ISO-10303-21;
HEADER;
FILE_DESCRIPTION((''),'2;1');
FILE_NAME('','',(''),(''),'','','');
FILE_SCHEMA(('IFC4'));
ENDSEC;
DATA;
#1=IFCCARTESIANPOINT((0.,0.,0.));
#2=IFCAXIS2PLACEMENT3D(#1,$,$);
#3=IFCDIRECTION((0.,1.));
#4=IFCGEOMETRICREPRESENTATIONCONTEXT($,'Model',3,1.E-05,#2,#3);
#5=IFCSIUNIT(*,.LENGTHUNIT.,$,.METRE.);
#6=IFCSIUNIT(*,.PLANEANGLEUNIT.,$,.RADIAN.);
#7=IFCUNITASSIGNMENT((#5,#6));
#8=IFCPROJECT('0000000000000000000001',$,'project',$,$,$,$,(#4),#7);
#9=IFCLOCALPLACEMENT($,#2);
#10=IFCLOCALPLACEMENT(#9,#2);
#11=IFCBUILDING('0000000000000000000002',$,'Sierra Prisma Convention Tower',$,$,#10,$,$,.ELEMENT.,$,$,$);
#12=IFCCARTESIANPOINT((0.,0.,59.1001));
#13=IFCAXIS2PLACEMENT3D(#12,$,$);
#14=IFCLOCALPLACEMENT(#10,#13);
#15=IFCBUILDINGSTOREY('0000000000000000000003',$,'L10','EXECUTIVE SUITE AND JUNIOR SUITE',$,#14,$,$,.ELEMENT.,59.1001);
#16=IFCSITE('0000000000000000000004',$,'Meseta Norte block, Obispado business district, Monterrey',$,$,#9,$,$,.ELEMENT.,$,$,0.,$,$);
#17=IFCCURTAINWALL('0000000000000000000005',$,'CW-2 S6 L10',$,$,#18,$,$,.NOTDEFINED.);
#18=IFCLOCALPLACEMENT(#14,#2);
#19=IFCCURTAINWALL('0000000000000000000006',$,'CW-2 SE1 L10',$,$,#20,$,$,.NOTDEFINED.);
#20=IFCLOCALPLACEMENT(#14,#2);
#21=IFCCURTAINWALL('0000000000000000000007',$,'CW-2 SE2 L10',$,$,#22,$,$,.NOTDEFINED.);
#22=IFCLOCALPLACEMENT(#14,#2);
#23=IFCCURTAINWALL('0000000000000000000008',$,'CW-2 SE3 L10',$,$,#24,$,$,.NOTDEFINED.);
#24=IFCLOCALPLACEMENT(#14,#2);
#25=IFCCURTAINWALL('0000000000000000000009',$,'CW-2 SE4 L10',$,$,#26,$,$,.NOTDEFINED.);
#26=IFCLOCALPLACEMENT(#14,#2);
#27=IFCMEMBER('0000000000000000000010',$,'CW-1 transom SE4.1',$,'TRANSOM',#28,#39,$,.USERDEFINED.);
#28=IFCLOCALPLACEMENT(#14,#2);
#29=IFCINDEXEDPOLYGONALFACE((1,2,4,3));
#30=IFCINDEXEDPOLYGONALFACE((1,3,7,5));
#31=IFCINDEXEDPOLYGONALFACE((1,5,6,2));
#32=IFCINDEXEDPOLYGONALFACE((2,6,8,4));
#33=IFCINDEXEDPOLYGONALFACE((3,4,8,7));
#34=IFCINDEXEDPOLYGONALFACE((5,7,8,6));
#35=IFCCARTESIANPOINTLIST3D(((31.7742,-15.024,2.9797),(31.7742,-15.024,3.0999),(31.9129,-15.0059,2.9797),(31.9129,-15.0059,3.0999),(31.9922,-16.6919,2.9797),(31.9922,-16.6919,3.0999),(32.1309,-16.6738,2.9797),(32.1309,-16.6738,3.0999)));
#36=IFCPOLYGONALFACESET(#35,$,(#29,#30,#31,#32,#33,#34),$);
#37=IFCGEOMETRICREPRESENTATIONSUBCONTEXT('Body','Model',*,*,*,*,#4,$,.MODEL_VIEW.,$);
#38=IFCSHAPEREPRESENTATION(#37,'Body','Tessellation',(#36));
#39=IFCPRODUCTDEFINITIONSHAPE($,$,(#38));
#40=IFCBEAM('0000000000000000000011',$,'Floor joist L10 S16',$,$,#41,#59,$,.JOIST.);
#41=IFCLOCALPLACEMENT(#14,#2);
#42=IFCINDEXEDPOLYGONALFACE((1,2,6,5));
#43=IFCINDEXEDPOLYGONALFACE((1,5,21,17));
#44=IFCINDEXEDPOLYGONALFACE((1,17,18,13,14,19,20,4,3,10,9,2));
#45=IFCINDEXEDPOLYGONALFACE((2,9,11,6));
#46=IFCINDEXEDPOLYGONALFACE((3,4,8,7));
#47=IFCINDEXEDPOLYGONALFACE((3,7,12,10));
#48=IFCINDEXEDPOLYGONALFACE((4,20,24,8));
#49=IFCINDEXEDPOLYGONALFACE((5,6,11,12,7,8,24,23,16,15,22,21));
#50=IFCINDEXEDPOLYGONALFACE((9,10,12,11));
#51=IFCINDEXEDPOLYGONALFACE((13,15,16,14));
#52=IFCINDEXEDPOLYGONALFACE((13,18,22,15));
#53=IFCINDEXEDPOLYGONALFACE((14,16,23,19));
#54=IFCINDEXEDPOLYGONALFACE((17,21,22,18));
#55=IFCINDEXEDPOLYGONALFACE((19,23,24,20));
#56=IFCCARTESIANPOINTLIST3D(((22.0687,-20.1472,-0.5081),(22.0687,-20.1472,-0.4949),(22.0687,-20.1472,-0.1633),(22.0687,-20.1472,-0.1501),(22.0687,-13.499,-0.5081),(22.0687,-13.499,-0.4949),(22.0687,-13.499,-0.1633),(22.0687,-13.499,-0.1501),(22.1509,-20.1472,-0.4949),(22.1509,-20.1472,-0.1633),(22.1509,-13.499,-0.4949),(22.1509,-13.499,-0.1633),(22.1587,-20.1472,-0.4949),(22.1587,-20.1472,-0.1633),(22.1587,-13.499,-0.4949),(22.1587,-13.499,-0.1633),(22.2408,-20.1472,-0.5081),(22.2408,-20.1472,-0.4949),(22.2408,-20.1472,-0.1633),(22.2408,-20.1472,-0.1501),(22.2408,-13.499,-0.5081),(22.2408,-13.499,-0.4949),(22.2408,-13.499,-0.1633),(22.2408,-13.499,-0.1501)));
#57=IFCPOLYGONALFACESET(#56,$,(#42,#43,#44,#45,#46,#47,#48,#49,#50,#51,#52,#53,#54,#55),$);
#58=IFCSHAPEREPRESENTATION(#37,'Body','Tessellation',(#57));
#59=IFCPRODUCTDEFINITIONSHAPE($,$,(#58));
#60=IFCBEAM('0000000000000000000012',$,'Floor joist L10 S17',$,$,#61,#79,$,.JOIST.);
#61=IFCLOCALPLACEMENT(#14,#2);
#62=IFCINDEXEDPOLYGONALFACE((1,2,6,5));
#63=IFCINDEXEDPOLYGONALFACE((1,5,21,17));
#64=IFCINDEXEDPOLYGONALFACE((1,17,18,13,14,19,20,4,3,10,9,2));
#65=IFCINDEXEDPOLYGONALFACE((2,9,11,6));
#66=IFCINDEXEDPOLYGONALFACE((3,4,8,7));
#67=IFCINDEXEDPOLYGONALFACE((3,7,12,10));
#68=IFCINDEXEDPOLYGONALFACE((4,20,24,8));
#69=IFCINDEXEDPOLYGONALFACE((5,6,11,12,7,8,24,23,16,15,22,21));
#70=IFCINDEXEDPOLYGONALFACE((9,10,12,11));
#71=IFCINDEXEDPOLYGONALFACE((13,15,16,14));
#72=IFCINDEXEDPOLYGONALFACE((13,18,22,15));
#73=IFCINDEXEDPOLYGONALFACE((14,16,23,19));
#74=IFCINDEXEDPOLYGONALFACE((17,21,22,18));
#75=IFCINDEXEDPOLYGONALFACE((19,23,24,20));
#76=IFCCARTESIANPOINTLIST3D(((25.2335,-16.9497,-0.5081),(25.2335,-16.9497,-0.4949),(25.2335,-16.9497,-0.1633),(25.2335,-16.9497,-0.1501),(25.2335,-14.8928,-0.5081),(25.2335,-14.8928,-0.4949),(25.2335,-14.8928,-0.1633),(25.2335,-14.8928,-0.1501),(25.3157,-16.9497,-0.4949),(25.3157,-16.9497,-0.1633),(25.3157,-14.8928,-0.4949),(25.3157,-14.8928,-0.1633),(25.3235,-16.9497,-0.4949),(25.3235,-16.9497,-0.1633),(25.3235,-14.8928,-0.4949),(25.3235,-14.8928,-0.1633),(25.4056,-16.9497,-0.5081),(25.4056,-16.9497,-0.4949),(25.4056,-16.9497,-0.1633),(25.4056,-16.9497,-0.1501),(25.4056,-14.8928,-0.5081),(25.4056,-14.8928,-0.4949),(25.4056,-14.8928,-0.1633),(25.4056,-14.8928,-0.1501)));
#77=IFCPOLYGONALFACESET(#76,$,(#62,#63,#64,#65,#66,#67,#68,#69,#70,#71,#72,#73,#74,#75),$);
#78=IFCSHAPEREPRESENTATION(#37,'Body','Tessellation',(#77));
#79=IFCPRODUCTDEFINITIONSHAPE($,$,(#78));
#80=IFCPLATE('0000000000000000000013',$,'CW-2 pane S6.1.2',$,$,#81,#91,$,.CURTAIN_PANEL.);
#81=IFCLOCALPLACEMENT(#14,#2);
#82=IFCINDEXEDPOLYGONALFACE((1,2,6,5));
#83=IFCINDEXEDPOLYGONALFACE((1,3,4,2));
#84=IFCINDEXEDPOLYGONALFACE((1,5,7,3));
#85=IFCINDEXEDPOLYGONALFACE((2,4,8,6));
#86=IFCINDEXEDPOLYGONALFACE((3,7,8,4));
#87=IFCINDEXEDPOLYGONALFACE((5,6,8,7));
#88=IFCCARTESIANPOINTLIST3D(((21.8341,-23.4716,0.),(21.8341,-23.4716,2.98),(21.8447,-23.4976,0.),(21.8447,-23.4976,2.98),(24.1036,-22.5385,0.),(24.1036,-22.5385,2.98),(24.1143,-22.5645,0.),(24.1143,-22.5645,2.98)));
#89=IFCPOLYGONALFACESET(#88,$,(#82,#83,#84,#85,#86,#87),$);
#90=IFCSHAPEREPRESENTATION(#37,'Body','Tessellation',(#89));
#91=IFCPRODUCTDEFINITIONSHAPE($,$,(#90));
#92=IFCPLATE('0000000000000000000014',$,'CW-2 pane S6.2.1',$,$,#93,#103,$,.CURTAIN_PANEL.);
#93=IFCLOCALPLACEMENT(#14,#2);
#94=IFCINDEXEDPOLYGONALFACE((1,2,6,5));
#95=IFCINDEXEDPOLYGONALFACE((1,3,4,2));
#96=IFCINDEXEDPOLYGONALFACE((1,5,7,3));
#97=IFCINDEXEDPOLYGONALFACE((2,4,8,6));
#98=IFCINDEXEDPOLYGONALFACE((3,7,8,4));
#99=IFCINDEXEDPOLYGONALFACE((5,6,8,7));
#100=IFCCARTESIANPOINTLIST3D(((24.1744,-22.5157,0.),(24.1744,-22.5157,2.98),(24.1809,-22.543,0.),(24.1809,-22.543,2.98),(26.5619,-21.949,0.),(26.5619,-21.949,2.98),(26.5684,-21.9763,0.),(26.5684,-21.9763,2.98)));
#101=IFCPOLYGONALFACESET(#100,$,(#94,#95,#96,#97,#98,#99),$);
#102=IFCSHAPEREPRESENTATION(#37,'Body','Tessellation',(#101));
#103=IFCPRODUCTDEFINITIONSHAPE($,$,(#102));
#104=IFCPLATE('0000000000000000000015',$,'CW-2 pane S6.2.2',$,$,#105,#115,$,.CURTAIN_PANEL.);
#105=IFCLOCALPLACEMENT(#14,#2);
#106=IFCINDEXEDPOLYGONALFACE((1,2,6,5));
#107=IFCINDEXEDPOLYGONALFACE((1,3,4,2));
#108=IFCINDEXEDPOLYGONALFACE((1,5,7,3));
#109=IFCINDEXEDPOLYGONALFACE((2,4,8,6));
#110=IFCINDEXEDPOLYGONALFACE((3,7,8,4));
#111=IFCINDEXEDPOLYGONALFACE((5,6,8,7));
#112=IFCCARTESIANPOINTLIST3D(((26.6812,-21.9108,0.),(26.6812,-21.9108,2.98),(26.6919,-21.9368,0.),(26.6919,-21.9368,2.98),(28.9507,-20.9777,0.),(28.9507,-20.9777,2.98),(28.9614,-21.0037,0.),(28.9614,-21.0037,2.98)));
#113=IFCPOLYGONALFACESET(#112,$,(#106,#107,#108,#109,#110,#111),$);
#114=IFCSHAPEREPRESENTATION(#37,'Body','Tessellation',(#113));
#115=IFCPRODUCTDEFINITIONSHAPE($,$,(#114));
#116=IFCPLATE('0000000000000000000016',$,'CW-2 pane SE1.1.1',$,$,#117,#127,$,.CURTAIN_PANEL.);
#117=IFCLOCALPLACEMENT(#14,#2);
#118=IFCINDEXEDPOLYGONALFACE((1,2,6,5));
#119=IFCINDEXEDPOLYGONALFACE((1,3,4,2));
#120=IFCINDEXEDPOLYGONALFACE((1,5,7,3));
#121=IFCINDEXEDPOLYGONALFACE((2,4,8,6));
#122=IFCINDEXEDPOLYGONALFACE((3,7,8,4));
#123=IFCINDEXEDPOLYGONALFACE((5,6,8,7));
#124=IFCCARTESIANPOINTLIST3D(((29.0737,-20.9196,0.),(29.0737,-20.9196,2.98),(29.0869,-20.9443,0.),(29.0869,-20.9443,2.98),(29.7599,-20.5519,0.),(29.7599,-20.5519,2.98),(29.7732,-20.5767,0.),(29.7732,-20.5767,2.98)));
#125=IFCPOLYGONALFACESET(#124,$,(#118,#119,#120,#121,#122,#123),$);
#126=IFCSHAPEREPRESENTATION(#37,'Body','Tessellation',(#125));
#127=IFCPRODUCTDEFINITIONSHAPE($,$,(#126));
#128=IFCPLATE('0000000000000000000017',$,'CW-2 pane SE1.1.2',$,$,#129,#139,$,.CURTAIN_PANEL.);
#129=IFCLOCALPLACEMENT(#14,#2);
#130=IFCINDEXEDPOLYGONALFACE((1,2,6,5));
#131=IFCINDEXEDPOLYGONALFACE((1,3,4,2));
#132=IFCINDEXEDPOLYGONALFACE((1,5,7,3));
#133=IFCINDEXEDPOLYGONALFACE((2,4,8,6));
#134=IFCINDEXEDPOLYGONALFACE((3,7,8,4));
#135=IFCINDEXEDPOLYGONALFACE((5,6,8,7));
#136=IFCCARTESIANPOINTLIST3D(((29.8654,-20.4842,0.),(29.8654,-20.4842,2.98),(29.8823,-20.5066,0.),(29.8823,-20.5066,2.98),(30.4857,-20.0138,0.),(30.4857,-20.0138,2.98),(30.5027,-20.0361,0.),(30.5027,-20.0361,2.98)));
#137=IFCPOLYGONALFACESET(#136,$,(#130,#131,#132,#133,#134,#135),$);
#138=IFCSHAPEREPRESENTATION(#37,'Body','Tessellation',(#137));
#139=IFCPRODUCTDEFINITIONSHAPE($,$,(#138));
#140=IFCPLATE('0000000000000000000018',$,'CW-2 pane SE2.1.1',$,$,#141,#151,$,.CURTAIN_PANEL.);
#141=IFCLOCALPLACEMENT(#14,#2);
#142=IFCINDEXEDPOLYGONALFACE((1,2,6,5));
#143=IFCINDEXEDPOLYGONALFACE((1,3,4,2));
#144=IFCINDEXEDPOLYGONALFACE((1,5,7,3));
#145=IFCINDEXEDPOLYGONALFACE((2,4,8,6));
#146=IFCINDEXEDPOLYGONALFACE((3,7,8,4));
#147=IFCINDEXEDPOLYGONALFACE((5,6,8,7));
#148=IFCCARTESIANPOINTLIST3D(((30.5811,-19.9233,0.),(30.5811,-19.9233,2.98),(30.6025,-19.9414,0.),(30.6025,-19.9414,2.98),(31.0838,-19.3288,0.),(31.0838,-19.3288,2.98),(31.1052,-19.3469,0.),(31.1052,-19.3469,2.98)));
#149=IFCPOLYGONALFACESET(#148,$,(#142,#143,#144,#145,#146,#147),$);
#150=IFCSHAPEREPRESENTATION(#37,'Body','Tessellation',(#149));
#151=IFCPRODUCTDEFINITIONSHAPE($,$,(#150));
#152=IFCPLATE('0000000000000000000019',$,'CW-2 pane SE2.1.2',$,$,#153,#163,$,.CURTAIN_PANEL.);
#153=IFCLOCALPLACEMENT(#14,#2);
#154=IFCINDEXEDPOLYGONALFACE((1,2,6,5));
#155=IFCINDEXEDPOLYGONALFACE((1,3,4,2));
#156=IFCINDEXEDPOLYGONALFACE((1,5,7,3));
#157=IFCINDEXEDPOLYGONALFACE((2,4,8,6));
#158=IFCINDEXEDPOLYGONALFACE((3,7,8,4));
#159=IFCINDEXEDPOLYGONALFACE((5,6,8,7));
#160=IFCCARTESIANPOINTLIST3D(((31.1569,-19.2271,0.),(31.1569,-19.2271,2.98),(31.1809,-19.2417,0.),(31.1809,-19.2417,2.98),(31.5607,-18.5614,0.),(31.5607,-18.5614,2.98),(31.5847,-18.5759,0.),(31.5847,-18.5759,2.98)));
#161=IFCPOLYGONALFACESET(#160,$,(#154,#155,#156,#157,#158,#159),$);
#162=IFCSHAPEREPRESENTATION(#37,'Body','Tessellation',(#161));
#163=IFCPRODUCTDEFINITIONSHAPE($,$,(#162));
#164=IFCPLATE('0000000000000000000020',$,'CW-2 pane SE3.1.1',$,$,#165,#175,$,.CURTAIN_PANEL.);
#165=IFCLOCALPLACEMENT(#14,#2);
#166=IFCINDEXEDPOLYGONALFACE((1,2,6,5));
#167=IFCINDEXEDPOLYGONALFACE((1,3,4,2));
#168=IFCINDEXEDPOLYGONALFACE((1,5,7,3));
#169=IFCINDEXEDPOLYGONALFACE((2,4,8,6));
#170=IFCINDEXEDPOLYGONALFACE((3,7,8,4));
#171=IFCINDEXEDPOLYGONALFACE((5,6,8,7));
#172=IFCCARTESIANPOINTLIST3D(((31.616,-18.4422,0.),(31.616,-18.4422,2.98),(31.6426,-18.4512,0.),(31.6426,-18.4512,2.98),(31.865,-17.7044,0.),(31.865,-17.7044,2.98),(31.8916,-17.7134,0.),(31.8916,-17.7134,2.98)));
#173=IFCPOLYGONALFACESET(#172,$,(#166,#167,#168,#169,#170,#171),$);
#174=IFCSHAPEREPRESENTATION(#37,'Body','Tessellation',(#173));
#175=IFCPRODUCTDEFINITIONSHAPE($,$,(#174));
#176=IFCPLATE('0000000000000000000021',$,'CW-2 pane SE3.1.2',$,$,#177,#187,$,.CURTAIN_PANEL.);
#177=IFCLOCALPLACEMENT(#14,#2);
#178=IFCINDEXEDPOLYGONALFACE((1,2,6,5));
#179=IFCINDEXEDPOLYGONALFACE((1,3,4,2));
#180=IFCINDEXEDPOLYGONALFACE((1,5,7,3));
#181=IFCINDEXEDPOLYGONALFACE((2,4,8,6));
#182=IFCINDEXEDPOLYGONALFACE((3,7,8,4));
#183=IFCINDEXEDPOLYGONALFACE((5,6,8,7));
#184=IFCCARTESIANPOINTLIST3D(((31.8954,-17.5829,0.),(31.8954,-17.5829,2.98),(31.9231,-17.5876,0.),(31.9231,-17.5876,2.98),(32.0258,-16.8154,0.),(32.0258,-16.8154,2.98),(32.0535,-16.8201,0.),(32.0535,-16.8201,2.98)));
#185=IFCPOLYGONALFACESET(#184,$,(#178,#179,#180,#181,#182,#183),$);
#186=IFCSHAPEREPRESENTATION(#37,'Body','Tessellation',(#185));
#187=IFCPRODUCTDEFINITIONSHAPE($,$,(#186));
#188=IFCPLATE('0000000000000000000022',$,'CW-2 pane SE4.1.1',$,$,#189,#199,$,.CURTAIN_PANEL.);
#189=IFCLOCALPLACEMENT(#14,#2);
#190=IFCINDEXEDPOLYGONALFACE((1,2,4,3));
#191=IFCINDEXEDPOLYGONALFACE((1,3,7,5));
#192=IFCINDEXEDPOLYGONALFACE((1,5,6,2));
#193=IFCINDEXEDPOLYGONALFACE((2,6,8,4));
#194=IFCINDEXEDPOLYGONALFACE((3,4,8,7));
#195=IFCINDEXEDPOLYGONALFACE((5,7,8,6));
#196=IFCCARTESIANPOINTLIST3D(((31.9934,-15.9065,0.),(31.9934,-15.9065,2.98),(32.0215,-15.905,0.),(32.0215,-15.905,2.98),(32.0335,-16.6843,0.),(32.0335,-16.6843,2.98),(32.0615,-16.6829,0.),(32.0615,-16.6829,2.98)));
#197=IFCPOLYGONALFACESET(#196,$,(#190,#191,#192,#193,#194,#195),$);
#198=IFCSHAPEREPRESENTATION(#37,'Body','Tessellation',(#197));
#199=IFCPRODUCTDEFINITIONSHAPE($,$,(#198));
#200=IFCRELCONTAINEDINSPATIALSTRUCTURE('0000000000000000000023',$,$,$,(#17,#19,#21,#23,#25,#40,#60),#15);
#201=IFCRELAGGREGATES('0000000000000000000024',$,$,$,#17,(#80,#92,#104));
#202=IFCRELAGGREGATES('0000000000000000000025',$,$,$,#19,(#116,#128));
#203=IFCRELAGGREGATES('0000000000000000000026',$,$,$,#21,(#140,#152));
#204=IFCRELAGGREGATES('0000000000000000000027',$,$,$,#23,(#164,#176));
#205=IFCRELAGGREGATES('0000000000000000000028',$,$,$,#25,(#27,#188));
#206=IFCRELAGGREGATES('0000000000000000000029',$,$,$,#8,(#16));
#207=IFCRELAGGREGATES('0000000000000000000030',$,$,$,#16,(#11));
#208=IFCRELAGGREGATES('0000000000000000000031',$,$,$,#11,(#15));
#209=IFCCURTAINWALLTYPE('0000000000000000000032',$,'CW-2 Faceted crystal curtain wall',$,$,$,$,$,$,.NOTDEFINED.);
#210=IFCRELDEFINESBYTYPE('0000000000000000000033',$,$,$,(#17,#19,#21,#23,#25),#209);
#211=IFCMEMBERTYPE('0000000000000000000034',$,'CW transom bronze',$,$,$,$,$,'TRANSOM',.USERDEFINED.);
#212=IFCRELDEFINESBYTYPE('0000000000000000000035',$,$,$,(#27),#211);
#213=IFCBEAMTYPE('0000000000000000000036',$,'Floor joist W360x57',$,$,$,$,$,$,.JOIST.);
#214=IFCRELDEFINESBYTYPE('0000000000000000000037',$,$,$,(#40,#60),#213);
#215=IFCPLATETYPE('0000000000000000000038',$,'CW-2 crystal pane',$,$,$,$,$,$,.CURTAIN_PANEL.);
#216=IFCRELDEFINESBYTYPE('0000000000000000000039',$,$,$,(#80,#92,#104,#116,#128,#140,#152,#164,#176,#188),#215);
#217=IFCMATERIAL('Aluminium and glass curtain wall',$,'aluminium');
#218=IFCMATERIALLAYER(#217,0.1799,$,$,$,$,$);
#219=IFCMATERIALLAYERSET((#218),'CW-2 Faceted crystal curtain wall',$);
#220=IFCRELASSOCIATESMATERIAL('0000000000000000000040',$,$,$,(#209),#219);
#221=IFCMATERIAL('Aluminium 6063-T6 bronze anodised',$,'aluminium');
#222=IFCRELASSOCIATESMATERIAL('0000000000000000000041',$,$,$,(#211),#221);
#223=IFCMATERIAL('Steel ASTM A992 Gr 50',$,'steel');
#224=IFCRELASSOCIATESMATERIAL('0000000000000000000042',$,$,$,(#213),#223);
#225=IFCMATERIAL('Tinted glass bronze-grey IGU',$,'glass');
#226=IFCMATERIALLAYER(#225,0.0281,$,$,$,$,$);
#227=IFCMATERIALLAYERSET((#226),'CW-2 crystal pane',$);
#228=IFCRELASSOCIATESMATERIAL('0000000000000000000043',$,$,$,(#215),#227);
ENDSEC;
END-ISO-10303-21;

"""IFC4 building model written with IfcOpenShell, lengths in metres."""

from ifc_helpers import new_model, si_unit, direction, frame, origin, origin_2d, place, context, subcontext, project, spatial, polyline, rectangle, i_section, outline, extrude, material, layer, layer_set, material_profile, profile_set, type_object, element, aggregate, save


model = new_model("IFC4")

# Units and contexts
model_context = context("Model", 3, precision=1e-05, world=origin(), true_north=direction((0.0, 1.0)))
body_context = subcontext(model_context, "Body", "Model", "MODEL_VIEW")
ifc_project = project(units=[si_unit("LENGTHUNIT", "METRE"), si_unit("PLANEANGLEUNIT", "RADIAN")], contexts=[model_context])

# Site, building, storey
site_placement = place(None, origin())
site = spatial("IfcSite", under=ifc_project, at=site_placement, Name="Meseta Norte block, Obispado business district, Monterrey", CompositionType="ELEMENT", RefElevation=0.0)
building_placement = place(site_placement, origin())
building = spatial("IfcBuilding", under=site, at=building_placement, Name="Sierra Prisma Convention Tower", CompositionType="ELEMENT")
storey_placement = place(building_placement, frame((0.0, 0.0, 59.1001)))
storey = spatial("IfcBuildingStorey", under=building, at=storey_placement, Name="L10", Description="EXECUTIVE SUITE AND JUNIOR SUITE", CompositionType="ELEMENT", Elevation=59.1001)

# Curtain wall
ifc_material_1 = material(Name="Aluminium and glass curtain wall", Category="aluminium")
ifc_layer_1 = layer(ifc_material_1, 0.1799)
ifc_layer_set_1 = layer_set([ifc_layer_1], Name="CW-2 Faceted crystal curtain wall")
curtain_wall_type = type_object("IfcCurtainWallType", Name="CW-2 Faceted crystal curtain wall", PredefinedType="NOTDEFINED", material=ifc_layer_set_1)
curtain_wall_1_placement = place(storey_placement, origin())
curtain_wall_1 = element("IfcCurtainWall", 1, at=curtain_wall_1_placement, inside=storey, type_object=curtain_wall_type, Name="CW-2 S6 L10", PredefinedType="NOTDEFINED")

# Curtain walls
curtain_wall_2_placement = place(storey_placement, origin())
curtain_wall_2 = element("IfcCurtainWall", 2, at=curtain_wall_2_placement, inside=storey, type_object=curtain_wall_type, Name="CW-2 SE1 L10", PredefinedType="NOTDEFINED")
curtain_wall_3_placement = place(storey_placement, origin())
curtain_wall_3 = element("IfcCurtainWall", 3, at=curtain_wall_3_placement, inside=storey, type_object=curtain_wall_type, Name="CW-2 SE2 L10", PredefinedType="NOTDEFINED")
curtain_wall_4_placement = place(storey_placement, origin())
curtain_wall_4 = element("IfcCurtainWall", 4, at=curtain_wall_4_placement, inside=storey, type_object=curtain_wall_type, Name="CW-2 SE3 L10", PredefinedType="NOTDEFINED")

# Curtain wall
curtain_wall_5_placement = place(storey_placement, origin())
curtain_wall_5 = element("IfcCurtainWall", 5, at=curtain_wall_5_placement, inside=storey, type_object=curtain_wall_type, Name="CW-2 SE4 L10", PredefinedType="NOTDEFINED")

# Member
ifc_material_2 = material(Name="Aluminium 6063-T6 bronze anodised", Category="aluminium")
ifc_material_profile_1 = material_profile(ifc_material_2, rectangle(XDim=0.1399, YDim=0.1201, at=origin_2d()), Name="ALU TRANSOM 120x140")
ifc_profile_set_1 = profile_set([ifc_material_profile_1], Name="Aluminium 6063-T6 bronze anodised")
member_type_1 = type_object("IfcMemberType", Name="CW transom bronze", ElementType="TRANSOM", PredefinedType="USERDEFINED", material=ifc_profile_set_1)
member_1_placement = place(storey_placement, frame((32.0615, -16.6829, 3.0398), z_axis=(-0.129606, 0.991566, 0.0), x_axis=(-0.991566, -0.129606, 0.0)))
member_1 = element("IfcMember", 6, at=member_1_placement, type_object=member_type_1, Name="CW-1 transom SE4.1", ObjectType="TRANSOM", PredefinedType="USERDEFINED", context=body_context, shape_type="SweptSolid", body=[
    extrude(rectangle(XDim=0.1399, YDim=0.1201, at=origin_2d()), origin(), (0.0, 0.0, 1.0), 1.6821),
])

# Beams
ifc_material_3 = material(Name="Steel ASTM A992 Gr 50", Category="steel")
ifc_material_profile_2 = material_profile(ifc_material_3, i_section(OverallWidth=0.1721, OverallDepth=0.3579, WebThickness=0.0078, FlangeThickness=0.0132, at=origin_2d()), Name="W360x57")
ifc_profile_set_2 = profile_set([ifc_material_profile_2], Name="Steel ASTM A992 Gr 50")
beam_type = type_object("IfcBeamType", Name="Floor joist W360x57", PredefinedType="JOIST", material=ifc_profile_set_2)
beam_1_placement = place(storey_placement, frame((22.1548, -20.1472, -0.3291), z_axis=(0.0, 1.0, 0.0), x_axis=(-1.0, 0.0, 0.0)))
element("IfcBeam", 7, at=beam_1_placement, inside=storey, type_object=beam_type, Name="Floor joist L10 S16", PredefinedType="JOIST", context=body_context, shape_type="SweptSolid", body=[
    extrude(i_section(OverallWidth=0.1721, OverallDepth=0.3579, WebThickness=0.0078, FlangeThickness=0.0132, at=origin_2d()), origin(), (0.0, 0.0, 1.0), 6.6482),
])
beam_2_placement = place(storey_placement, frame((25.3196, -16.9497, -0.3291), z_axis=(0.0, 1.0, 0.0), x_axis=(-1.0, 0.0, 0.0)))
element("IfcBeam", 8, at=beam_2_placement, inside=storey, type_object=beam_type, Name="Floor joist L10 S17", PredefinedType="JOIST", context=body_context, shape_type="SweptSolid", body=[
    extrude(i_section(OverallWidth=0.1721, OverallDepth=0.3579, WebThickness=0.0078, FlangeThickness=0.0132, at=origin_2d()), origin(), (0.0, 0.0, 1.0), 2.0569),
])

# Plates
ifc_material_4 = material(Name="Tinted glass bronze-grey IGU", Category="glass")
ifc_layer_2 = layer(ifc_material_4, 0.0281)
ifc_layer_set_2 = layer_set([ifc_layer_2], Name="CW-2 crystal pane")
plate_type = type_object("IfcPlateType", Name="CW-2 crystal pane", PredefinedType="CURTAIN_PANEL", material=ifc_layer_set_2)
plate_1_placement = place(storey_placement, frame((24.1143, -22.5645, 0.0), z_axis=(0.380259, -0.92488, 0.0), x_axis=(-0.92488, -0.380259, 0.0)))
plate_1 = element("IfcPlate", 9, at=plate_1_placement, type_object=plate_type, Name="CW-2 pane S6.1.2", PredefinedType="CURTAIN_PANEL", context=body_context, shape_type="SweptSolid", body=[
    extrude(outline(polyline([(0.0, 0.0), (2.4539, 0.0), (2.4539, -2.98), (0.0, -2.98), (0.0, 0.0)])), origin(), (0.0, 0.0, -1.0), 0.0281),
])
plate_2_placement = place(storey_placement, frame((24.1809, -22.543, 0.0), z_axis=(0.23093, -0.97297, 0.0), x_axis=(0.97297, 0.23093, 0.0)))
plate_2 = element("IfcPlate", 10, at=plate_2_placement, type_object=plate_type, Name="CW-2 pane S6.2.1", PredefinedType="CURTAIN_PANEL", context=body_context, shape_type="SweptSolid", body=[
    extrude(outline(polyline([(0.0, 0.0), (2.4538, 0.0), (2.4538, 2.98), (0.0, 2.98), (0.0, 0.0)])), origin(), (0.0, 0.0, -1.0), 0.0281),
])
plate_3_placement = place(storey_placement, frame((28.9614, -21.0037, 0.0), z_axis=(0.380259, -0.92488, 0.0), x_axis=(-0.92488, -0.380259, 0.0)))
plate_3 = element("IfcPlate", 11, at=plate_3_placement, type_object=plate_type, Name="CW-2 pane S6.2.2", PredefinedType="CURTAIN_PANEL", context=body_context, shape_type="SweptSolid", body=[
    extrude(outline(polyline([(0.0, 0.0), (2.4539, 0.0), (2.4539, -2.98), (0.0, -2.98), (0.0, 0.0)])), origin(), (0.0, 0.0, -1.0), 0.0281),
])
aggregate(curtain_wall_1, [plate_1, plate_2, plate_3])
plate_4_placement = place(storey_placement, frame((29.0869, -20.9443, 0.0), z_axis=(0.472248, -0.881466, 0.0), x_axis=(0.881466, 0.472248, 0.0)))
plate_4 = element("IfcPlate", 12, at=plate_4_placement, type_object=plate_type, Name="CW-2 pane SE1.1.1", PredefinedType="CURTAIN_PANEL", context=body_context, shape_type="SweptSolid", body=[
    extrude(outline(polyline([(0.0, 0.0), (0.7786, 0.0), (0.7786, 2.98), (0.0, 2.98), (0.0, 0.0)])), origin(), (0.0, 0.0, -1.0), 0.0281),
])
plate_5_placement = place(storey_placement, frame((30.5027, -20.0361, 0.0), z_axis=(0.604256, -0.79679, 0.0), x_axis=(-0.79679, -0.604256, 0.0)))
plate_5 = element("IfcPlate", 13, at=plate_5_placement, type_object=plate_type, Name="CW-2 pane SE1.1.2", PredefinedType="CURTAIN_PANEL", context=body_context, shape_type="SweptSolid", body=[
    extrude(outline(polyline([(0.0, 0.0), (0.7786, 0.0), (0.7786, -2.98), (0.0, -2.98), (0.0, 0.0)])), origin(), (0.0, 0.0, -1.0), 0.0281),
])
aggregate(curtain_wall_2, [plate_4, plate_5])
plate_6_placement = place(storey_placement, frame((30.6025, -19.9414, 0.0), z_axis=(0.7636, -0.645689, 0.0), x_axis=(0.645689, 0.7636, 0.0)))
plate_6 = element("IfcPlate", 14, at=plate_6_placement, type_object=plate_type, Name="CW-2 pane SE2.1.1", PredefinedType="CURTAIN_PANEL", context=body_context, shape_type="SweptSolid", body=[
    extrude(outline(polyline([(0.0, 0.0), (0.7785, 0.0), (0.7785, 2.98), (0.0, 2.98), (0.0, 0.0)])), origin(), (0.0, 0.0, -1.0), 0.0281),
])
plate_7_placement = place(storey_placement, frame((31.5847, -18.5759, 0.0), z_axis=(0.855021, -0.518594, 0.0), x_axis=(-0.518594, -0.855021, 0.0)))
plate_7 = element("IfcPlate", 15, at=plate_7_placement, type_object=plate_type, Name="CW-2 pane SE2.1.2", PredefinedType="CURTAIN_PANEL", context=body_context, shape_type="SweptSolid", body=[
    extrude(outline(polyline([(0.0, 0.0), (0.7787, 0.0), (0.7787, -2.98), (0.0, -2.98), (0.0, 0.0)])), origin(), (0.0, 0.0, -1.0), 0.0281),
])
aggregate(curtain_wall_3, [plate_6, plate_7])
plate_8_placement = place(storey_placement, frame((31.6426, -18.4512, 0.0), z_axis=(0.947485, -0.3198, 0.0), x_axis=(0.3198, 0.947485, 0.0)))
plate_8 = element("IfcPlate", 16, at=plate_8_placement, type_object=plate_type, Name="CW-2 pane SE3.1.1", PredefinedType="CURTAIN_PANEL", context=body_context, shape_type="SweptSolid", body=[
    extrude(outline(polyline([(0.0, 0.0), (0.7787, 0.0), (0.7787, 2.98), (0.0, 2.98), (0.0, 0.0)])), origin(), (0.0, 0.0, -1.0), 0.0281),
])
plate_9_placement = place(storey_placement, frame((32.0535, -16.8201, 0.0), z_axis=(0.985881, -0.167449, 0.0), x_axis=(-0.167449, -0.985881, 0.0)))
plate_9 = element("IfcPlate", 17, at=plate_9_placement, type_object=plate_type, Name="CW-2 pane SE3.1.2", PredefinedType="CURTAIN_PANEL", context=body_context, shape_type="SweptSolid", body=[
    extrude(outline(polyline([(0.0, 0.0), (0.7786, 0.0), (0.7786, -2.98), (0.0, -2.98), (0.0, 0.0)])), origin(), (0.0, 0.0, -1.0), 0.0281),
])
aggregate(curtain_wall_4, [plate_8, plate_9])
plate_10_placement = place(storey_placement, frame((32.0615, -16.6829, 0.0), z_axis=(0.998678, 0.051407, 0.0), x_axis=(-0.051407, 0.998678, 0.0)))
plate_10 = element("IfcPlate", 18, at=plate_10_placement, type_object=plate_type, Name="CW-2 pane SE4.1.1", PredefinedType="CURTAIN_PANEL", context=body_context, shape_type="SweptSolid", body=[
    extrude(outline(polyline([(0.0, 0.0), (0.7789, 0.0), (0.7789, 2.98), (0.0, 2.98), (0.0, 0.0)])), origin(), (0.0, 0.0, -1.0), 0.0281),
])
aggregate(curtain_wall_5, [member_1, plate_10])

save(model, "model.ifc")
